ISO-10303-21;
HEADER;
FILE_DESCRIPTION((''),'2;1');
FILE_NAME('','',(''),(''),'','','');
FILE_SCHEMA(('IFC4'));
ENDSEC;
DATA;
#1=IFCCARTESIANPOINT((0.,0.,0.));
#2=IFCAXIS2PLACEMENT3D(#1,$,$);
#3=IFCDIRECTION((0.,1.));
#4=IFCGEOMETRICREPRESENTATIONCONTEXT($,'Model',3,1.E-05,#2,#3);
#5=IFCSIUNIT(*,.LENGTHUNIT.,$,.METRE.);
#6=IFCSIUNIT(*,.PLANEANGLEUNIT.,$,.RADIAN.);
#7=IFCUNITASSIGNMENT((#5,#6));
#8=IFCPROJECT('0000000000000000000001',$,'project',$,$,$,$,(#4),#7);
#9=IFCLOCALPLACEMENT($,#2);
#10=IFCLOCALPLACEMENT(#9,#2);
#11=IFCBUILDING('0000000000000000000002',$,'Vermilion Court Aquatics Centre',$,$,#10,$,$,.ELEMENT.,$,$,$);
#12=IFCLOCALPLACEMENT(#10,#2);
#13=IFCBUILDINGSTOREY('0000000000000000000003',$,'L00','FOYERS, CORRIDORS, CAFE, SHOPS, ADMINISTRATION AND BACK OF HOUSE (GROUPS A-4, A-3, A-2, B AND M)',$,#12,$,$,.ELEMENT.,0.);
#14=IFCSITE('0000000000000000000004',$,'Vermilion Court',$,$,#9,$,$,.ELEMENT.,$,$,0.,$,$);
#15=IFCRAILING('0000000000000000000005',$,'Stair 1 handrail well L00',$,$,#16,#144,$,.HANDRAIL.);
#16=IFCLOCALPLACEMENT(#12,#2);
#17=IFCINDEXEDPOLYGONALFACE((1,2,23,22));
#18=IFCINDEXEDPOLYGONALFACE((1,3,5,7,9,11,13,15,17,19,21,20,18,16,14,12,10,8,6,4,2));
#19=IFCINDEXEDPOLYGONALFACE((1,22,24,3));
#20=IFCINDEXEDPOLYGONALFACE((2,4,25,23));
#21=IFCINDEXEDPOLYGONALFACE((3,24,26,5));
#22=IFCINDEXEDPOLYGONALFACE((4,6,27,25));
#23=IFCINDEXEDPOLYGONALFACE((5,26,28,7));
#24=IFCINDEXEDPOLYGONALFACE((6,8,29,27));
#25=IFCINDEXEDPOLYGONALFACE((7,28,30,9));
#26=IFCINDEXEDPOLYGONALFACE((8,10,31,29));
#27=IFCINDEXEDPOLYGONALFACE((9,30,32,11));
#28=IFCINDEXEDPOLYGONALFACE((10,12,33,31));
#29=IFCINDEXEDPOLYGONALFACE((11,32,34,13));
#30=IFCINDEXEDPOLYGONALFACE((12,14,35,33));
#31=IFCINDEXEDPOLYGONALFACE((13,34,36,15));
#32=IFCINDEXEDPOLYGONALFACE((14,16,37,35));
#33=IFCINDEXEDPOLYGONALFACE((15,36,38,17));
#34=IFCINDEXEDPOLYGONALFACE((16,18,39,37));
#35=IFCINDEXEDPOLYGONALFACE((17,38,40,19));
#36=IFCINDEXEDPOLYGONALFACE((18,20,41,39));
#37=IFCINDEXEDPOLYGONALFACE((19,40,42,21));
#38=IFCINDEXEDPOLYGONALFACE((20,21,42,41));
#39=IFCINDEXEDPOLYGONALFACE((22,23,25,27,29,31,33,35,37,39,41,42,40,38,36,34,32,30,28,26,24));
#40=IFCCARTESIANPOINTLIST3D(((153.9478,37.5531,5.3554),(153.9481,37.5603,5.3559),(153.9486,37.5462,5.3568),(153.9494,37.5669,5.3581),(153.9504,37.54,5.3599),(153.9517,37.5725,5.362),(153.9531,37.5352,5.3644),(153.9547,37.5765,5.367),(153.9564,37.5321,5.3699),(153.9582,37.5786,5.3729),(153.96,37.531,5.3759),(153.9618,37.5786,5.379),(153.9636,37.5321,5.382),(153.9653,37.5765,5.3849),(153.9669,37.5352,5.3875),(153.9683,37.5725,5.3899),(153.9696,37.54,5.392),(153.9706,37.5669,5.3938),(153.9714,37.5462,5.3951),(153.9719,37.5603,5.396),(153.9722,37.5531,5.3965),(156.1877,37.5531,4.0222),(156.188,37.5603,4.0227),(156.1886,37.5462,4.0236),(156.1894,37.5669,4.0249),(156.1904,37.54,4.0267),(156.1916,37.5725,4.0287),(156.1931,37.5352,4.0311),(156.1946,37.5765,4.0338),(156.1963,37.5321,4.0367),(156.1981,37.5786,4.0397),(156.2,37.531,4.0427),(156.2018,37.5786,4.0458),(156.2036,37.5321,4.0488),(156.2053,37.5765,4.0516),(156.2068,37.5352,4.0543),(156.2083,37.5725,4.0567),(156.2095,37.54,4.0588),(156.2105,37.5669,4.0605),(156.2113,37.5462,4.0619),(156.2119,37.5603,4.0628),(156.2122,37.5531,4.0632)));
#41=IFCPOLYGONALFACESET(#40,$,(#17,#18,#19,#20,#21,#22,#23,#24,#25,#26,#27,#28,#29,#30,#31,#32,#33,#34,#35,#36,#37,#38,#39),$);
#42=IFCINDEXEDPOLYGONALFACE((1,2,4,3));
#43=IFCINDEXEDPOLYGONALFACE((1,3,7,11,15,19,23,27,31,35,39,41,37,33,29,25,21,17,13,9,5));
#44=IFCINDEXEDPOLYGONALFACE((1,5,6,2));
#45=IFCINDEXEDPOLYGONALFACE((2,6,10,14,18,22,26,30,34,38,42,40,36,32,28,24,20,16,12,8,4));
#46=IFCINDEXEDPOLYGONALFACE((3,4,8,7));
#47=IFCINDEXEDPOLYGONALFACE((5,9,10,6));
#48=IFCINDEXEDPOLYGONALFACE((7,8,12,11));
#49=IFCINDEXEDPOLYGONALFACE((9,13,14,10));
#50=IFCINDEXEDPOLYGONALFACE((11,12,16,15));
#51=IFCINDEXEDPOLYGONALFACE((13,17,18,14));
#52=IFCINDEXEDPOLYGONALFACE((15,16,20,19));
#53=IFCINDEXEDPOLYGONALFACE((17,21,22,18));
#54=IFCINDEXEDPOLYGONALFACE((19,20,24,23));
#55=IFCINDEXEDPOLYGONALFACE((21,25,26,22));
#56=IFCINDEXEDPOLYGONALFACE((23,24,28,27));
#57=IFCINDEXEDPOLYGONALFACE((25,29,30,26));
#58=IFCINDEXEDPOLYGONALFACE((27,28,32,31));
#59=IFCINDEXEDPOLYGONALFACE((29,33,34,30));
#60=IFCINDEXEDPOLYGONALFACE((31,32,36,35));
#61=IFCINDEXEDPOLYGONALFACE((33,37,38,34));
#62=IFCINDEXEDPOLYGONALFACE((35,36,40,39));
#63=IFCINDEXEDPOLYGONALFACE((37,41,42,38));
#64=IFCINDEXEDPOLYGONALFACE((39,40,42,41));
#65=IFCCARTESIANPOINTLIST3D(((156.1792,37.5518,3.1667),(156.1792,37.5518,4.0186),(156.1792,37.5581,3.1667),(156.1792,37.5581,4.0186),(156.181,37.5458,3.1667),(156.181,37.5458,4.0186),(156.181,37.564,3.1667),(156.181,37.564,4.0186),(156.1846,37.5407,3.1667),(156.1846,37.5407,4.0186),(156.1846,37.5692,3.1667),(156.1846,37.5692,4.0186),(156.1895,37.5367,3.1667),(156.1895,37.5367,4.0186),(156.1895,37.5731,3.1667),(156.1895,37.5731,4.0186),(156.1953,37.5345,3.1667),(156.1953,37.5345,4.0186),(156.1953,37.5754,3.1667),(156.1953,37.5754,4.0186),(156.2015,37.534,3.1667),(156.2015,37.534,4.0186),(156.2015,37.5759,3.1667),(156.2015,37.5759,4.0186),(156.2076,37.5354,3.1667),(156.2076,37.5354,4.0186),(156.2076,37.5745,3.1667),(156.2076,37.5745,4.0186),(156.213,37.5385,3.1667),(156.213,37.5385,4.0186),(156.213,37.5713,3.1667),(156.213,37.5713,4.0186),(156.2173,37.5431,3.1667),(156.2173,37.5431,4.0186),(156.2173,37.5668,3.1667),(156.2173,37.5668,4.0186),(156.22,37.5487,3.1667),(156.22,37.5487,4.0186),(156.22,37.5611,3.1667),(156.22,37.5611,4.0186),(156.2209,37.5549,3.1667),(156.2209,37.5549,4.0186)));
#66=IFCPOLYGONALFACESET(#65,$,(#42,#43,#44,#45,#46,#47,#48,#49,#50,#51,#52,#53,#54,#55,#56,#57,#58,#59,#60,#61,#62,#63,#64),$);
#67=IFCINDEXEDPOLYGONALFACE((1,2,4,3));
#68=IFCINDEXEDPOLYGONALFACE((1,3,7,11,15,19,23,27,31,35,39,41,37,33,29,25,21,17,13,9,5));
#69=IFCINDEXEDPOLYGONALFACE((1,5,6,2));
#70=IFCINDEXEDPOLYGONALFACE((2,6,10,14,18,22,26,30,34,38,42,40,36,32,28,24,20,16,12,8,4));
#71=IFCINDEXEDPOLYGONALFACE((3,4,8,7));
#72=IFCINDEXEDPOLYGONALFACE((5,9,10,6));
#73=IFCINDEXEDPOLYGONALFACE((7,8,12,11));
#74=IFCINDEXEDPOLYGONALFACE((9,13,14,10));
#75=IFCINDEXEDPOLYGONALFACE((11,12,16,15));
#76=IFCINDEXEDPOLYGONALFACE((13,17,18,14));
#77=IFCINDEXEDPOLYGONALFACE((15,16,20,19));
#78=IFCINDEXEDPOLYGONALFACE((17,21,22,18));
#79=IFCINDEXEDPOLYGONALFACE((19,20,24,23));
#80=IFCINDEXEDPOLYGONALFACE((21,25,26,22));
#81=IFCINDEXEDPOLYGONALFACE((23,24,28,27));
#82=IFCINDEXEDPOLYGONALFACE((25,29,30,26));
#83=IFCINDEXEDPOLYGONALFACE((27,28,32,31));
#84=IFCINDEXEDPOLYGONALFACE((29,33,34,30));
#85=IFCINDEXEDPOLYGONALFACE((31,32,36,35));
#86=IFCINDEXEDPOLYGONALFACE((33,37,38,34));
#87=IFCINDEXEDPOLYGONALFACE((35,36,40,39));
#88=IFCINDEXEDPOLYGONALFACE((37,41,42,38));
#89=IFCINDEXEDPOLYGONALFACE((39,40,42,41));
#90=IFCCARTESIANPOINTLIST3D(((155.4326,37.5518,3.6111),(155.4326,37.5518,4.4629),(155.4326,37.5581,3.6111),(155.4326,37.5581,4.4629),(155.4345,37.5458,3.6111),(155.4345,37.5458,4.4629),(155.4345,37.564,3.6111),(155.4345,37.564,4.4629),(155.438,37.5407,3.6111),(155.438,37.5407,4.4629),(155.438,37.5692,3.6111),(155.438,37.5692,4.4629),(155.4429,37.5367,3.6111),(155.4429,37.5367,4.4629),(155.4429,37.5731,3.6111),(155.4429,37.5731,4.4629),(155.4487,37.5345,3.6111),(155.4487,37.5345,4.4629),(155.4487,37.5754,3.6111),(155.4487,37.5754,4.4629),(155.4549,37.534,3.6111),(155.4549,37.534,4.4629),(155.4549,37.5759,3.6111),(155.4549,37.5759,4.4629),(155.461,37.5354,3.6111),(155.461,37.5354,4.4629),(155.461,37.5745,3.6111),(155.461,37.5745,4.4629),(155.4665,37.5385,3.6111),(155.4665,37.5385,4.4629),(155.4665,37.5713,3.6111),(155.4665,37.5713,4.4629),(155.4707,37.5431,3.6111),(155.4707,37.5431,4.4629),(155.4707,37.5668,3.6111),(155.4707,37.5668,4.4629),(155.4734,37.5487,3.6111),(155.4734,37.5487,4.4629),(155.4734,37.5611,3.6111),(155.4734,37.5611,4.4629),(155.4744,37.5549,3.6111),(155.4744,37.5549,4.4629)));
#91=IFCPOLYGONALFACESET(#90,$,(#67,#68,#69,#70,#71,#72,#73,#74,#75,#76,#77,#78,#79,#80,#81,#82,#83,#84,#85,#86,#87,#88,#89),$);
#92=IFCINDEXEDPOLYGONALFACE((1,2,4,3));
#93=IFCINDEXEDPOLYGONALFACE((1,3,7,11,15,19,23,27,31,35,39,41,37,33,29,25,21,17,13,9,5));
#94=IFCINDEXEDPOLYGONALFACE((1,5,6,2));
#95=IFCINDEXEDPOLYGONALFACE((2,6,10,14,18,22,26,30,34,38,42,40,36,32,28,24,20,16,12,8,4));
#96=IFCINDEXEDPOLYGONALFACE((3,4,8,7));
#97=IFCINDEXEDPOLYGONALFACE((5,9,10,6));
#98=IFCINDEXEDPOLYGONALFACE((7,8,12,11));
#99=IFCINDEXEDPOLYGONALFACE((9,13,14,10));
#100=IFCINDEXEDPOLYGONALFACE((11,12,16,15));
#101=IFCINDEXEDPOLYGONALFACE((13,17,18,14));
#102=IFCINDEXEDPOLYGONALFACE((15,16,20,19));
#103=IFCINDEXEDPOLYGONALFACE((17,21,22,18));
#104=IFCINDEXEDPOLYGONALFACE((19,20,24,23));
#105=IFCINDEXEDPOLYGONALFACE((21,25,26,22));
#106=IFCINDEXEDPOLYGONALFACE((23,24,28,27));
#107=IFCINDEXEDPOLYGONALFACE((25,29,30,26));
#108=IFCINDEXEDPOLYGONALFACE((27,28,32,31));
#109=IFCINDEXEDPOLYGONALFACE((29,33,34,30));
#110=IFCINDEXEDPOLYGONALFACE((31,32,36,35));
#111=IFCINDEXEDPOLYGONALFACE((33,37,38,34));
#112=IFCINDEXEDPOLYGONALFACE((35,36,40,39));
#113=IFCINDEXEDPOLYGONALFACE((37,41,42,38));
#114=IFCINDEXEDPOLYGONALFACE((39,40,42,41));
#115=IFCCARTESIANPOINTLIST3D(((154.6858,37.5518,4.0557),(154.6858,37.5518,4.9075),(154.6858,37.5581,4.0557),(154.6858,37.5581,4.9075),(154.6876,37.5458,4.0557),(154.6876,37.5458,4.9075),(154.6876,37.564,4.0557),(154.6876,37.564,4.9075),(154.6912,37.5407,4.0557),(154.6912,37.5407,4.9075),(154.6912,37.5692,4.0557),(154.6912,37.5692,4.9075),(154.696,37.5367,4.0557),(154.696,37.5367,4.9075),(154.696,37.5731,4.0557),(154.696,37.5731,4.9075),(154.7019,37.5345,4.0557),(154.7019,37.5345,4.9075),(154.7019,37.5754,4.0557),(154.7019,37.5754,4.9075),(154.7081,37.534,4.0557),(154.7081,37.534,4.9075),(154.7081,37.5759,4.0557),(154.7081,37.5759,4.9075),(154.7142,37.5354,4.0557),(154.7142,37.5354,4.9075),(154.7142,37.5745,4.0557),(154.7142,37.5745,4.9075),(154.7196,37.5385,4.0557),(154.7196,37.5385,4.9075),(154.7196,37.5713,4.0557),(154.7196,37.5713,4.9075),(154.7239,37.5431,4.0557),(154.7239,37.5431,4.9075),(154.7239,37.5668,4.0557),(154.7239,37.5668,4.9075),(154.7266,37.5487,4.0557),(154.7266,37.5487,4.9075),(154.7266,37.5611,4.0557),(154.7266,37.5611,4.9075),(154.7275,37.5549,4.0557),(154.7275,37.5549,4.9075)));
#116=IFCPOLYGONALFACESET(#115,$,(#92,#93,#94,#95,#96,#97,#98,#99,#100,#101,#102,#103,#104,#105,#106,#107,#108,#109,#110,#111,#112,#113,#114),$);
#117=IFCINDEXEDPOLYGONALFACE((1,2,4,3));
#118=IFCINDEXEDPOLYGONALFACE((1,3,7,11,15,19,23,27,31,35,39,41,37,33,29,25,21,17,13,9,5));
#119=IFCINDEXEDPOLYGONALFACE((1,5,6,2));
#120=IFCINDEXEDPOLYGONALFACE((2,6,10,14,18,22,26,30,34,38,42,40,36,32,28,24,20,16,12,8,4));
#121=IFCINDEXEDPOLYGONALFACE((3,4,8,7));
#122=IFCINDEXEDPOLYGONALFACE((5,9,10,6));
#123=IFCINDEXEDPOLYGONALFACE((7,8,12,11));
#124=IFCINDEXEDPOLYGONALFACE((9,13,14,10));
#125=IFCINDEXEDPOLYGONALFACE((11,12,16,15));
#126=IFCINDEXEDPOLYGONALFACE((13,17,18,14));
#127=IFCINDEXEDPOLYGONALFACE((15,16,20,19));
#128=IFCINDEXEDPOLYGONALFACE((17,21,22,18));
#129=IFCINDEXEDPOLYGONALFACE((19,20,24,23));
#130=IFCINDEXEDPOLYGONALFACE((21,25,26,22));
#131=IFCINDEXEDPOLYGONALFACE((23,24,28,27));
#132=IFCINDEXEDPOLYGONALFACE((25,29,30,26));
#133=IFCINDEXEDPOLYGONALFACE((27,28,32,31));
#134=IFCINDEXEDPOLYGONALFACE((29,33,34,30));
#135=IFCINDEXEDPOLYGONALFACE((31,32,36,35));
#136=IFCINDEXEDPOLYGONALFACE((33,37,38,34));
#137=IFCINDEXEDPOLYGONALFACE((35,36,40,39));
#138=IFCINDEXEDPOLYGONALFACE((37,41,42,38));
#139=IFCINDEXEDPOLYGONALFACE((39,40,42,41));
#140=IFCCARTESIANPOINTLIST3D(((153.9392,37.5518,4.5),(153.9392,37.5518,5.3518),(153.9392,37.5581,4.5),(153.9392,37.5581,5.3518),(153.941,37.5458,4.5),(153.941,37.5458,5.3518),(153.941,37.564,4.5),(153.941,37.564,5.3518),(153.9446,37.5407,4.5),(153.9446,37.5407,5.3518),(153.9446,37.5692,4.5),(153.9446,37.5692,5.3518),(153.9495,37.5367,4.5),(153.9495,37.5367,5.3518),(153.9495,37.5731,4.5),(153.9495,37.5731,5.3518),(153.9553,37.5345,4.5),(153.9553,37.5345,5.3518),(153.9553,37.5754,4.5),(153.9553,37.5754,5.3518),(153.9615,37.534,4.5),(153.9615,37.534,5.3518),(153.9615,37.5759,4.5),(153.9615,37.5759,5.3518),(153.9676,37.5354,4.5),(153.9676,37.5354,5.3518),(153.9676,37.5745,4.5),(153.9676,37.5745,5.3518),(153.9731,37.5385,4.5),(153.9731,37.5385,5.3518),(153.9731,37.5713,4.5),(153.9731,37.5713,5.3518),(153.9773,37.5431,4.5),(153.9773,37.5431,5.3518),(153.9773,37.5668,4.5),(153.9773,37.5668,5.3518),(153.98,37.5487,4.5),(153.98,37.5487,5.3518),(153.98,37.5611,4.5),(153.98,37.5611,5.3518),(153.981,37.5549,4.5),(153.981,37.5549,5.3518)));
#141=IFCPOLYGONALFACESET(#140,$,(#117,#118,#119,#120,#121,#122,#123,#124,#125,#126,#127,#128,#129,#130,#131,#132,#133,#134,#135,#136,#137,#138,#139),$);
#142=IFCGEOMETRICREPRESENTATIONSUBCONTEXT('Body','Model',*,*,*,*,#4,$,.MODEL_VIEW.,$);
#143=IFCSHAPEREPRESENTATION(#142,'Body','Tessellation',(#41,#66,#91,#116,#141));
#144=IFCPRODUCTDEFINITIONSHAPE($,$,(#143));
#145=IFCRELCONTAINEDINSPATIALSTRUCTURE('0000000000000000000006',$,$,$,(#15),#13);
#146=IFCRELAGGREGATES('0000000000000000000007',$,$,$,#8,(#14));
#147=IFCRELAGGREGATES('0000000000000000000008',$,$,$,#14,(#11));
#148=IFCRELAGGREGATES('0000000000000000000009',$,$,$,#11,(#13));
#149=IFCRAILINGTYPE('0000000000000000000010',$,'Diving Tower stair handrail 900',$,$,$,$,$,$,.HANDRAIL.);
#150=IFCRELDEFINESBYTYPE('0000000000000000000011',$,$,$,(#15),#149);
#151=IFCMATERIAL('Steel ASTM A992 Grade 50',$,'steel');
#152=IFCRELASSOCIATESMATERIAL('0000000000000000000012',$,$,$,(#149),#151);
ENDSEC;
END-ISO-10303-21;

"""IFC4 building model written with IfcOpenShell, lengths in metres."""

from ifc_helpers import new_model, si_unit, direction, frame, origin, origin_2d, place, context, subcontext, project, spatial, circle, extrude, material, type_object, element, save


model = new_model("IFC4")

# Units and contexts
model_context = context("Model", 3, precision=1e-05, world=origin(), true_north=direction((0.0, 1.0)))
body_context = subcontext(model_context, "Body", "Model", "MODEL_VIEW")
ifc_project = project(units=[si_unit("LENGTHUNIT", "METRE"), si_unit("PLANEANGLEUNIT", "RADIAN")], contexts=[model_context])

# Site, building, storey
site_placement = place(None, origin())
site = spatial("IfcSite", under=ifc_project, at=site_placement, Name="Vermilion Court", CompositionType="ELEMENT", RefElevation=0.0)
building_placement = place(site_placement, origin())
building = spatial("IfcBuilding", under=site, at=building_placement, Name="Vermilion Court Aquatics Centre", CompositionType="ELEMENT")
storey_placement = place(building_placement, origin())
storey = spatial("IfcBuildingStorey", under=building, at=storey_placement, Name="L00", Description="FOYERS, CORRIDORS, CAFE, SHOPS, ADMINISTRATION AND BACK OF HOUSE (GROUPS A-4, A-3, A-2, B AND M)", CompositionType="ELEMENT", Elevation=0.0)

# Railing
ifc_material_1 = material(Name="Steel ASTM A992 Grade 50", Category="steel")
railing_type_1 = type_object("IfcRailingType", Name="Diving Tower stair handrail 900", PredefinedType="HANDRAIL", material=ifc_material_1)
for number, where, name in (
    (1, (156.2, 37.5549, 3.1667), "Stair 1 handrail well L00"),
):
    element("IfcRailing", number, at=place(storey_placement, frame(where)), inside=storey, type_object=railing_type_1, Name=name, PredefinedType="HANDRAIL", context=body_context, shape_type="SweptSolid", body=[
        extrude(circle(Radius=0.0239, at=origin_2d()), frame((0.0, 0.0, 0.876), z_axis=(-0.859306, 0.0, 0.511462), x_axis=(0.0, -1.0, 0.0)), (0.0, 0.0, 1.0), 2.6067),
        extrude(circle(Radius=0.021, at=origin_2d()), origin(), (0.0, 0.0, 1.0), 0.8518),
        extrude(circle(Radius=0.021, at=origin_2d()), frame((-0.7466, 0.0, 0.4443)), (0.0, 0.0, 1.0), 0.8518),
        extrude(circle(Radius=0.021, at=origin_2d()), frame((-1.4934, 0.0, 0.8889)), (0.0, 0.0, 1.0), 0.8518),
        extrude(circle(Radius=0.021, at=origin_2d()), frame((-2.24, 0.0, 1.3333)), (0.0, 0.0, 1.0), 0.8518),
    ])

save(model, "model.ifc")
